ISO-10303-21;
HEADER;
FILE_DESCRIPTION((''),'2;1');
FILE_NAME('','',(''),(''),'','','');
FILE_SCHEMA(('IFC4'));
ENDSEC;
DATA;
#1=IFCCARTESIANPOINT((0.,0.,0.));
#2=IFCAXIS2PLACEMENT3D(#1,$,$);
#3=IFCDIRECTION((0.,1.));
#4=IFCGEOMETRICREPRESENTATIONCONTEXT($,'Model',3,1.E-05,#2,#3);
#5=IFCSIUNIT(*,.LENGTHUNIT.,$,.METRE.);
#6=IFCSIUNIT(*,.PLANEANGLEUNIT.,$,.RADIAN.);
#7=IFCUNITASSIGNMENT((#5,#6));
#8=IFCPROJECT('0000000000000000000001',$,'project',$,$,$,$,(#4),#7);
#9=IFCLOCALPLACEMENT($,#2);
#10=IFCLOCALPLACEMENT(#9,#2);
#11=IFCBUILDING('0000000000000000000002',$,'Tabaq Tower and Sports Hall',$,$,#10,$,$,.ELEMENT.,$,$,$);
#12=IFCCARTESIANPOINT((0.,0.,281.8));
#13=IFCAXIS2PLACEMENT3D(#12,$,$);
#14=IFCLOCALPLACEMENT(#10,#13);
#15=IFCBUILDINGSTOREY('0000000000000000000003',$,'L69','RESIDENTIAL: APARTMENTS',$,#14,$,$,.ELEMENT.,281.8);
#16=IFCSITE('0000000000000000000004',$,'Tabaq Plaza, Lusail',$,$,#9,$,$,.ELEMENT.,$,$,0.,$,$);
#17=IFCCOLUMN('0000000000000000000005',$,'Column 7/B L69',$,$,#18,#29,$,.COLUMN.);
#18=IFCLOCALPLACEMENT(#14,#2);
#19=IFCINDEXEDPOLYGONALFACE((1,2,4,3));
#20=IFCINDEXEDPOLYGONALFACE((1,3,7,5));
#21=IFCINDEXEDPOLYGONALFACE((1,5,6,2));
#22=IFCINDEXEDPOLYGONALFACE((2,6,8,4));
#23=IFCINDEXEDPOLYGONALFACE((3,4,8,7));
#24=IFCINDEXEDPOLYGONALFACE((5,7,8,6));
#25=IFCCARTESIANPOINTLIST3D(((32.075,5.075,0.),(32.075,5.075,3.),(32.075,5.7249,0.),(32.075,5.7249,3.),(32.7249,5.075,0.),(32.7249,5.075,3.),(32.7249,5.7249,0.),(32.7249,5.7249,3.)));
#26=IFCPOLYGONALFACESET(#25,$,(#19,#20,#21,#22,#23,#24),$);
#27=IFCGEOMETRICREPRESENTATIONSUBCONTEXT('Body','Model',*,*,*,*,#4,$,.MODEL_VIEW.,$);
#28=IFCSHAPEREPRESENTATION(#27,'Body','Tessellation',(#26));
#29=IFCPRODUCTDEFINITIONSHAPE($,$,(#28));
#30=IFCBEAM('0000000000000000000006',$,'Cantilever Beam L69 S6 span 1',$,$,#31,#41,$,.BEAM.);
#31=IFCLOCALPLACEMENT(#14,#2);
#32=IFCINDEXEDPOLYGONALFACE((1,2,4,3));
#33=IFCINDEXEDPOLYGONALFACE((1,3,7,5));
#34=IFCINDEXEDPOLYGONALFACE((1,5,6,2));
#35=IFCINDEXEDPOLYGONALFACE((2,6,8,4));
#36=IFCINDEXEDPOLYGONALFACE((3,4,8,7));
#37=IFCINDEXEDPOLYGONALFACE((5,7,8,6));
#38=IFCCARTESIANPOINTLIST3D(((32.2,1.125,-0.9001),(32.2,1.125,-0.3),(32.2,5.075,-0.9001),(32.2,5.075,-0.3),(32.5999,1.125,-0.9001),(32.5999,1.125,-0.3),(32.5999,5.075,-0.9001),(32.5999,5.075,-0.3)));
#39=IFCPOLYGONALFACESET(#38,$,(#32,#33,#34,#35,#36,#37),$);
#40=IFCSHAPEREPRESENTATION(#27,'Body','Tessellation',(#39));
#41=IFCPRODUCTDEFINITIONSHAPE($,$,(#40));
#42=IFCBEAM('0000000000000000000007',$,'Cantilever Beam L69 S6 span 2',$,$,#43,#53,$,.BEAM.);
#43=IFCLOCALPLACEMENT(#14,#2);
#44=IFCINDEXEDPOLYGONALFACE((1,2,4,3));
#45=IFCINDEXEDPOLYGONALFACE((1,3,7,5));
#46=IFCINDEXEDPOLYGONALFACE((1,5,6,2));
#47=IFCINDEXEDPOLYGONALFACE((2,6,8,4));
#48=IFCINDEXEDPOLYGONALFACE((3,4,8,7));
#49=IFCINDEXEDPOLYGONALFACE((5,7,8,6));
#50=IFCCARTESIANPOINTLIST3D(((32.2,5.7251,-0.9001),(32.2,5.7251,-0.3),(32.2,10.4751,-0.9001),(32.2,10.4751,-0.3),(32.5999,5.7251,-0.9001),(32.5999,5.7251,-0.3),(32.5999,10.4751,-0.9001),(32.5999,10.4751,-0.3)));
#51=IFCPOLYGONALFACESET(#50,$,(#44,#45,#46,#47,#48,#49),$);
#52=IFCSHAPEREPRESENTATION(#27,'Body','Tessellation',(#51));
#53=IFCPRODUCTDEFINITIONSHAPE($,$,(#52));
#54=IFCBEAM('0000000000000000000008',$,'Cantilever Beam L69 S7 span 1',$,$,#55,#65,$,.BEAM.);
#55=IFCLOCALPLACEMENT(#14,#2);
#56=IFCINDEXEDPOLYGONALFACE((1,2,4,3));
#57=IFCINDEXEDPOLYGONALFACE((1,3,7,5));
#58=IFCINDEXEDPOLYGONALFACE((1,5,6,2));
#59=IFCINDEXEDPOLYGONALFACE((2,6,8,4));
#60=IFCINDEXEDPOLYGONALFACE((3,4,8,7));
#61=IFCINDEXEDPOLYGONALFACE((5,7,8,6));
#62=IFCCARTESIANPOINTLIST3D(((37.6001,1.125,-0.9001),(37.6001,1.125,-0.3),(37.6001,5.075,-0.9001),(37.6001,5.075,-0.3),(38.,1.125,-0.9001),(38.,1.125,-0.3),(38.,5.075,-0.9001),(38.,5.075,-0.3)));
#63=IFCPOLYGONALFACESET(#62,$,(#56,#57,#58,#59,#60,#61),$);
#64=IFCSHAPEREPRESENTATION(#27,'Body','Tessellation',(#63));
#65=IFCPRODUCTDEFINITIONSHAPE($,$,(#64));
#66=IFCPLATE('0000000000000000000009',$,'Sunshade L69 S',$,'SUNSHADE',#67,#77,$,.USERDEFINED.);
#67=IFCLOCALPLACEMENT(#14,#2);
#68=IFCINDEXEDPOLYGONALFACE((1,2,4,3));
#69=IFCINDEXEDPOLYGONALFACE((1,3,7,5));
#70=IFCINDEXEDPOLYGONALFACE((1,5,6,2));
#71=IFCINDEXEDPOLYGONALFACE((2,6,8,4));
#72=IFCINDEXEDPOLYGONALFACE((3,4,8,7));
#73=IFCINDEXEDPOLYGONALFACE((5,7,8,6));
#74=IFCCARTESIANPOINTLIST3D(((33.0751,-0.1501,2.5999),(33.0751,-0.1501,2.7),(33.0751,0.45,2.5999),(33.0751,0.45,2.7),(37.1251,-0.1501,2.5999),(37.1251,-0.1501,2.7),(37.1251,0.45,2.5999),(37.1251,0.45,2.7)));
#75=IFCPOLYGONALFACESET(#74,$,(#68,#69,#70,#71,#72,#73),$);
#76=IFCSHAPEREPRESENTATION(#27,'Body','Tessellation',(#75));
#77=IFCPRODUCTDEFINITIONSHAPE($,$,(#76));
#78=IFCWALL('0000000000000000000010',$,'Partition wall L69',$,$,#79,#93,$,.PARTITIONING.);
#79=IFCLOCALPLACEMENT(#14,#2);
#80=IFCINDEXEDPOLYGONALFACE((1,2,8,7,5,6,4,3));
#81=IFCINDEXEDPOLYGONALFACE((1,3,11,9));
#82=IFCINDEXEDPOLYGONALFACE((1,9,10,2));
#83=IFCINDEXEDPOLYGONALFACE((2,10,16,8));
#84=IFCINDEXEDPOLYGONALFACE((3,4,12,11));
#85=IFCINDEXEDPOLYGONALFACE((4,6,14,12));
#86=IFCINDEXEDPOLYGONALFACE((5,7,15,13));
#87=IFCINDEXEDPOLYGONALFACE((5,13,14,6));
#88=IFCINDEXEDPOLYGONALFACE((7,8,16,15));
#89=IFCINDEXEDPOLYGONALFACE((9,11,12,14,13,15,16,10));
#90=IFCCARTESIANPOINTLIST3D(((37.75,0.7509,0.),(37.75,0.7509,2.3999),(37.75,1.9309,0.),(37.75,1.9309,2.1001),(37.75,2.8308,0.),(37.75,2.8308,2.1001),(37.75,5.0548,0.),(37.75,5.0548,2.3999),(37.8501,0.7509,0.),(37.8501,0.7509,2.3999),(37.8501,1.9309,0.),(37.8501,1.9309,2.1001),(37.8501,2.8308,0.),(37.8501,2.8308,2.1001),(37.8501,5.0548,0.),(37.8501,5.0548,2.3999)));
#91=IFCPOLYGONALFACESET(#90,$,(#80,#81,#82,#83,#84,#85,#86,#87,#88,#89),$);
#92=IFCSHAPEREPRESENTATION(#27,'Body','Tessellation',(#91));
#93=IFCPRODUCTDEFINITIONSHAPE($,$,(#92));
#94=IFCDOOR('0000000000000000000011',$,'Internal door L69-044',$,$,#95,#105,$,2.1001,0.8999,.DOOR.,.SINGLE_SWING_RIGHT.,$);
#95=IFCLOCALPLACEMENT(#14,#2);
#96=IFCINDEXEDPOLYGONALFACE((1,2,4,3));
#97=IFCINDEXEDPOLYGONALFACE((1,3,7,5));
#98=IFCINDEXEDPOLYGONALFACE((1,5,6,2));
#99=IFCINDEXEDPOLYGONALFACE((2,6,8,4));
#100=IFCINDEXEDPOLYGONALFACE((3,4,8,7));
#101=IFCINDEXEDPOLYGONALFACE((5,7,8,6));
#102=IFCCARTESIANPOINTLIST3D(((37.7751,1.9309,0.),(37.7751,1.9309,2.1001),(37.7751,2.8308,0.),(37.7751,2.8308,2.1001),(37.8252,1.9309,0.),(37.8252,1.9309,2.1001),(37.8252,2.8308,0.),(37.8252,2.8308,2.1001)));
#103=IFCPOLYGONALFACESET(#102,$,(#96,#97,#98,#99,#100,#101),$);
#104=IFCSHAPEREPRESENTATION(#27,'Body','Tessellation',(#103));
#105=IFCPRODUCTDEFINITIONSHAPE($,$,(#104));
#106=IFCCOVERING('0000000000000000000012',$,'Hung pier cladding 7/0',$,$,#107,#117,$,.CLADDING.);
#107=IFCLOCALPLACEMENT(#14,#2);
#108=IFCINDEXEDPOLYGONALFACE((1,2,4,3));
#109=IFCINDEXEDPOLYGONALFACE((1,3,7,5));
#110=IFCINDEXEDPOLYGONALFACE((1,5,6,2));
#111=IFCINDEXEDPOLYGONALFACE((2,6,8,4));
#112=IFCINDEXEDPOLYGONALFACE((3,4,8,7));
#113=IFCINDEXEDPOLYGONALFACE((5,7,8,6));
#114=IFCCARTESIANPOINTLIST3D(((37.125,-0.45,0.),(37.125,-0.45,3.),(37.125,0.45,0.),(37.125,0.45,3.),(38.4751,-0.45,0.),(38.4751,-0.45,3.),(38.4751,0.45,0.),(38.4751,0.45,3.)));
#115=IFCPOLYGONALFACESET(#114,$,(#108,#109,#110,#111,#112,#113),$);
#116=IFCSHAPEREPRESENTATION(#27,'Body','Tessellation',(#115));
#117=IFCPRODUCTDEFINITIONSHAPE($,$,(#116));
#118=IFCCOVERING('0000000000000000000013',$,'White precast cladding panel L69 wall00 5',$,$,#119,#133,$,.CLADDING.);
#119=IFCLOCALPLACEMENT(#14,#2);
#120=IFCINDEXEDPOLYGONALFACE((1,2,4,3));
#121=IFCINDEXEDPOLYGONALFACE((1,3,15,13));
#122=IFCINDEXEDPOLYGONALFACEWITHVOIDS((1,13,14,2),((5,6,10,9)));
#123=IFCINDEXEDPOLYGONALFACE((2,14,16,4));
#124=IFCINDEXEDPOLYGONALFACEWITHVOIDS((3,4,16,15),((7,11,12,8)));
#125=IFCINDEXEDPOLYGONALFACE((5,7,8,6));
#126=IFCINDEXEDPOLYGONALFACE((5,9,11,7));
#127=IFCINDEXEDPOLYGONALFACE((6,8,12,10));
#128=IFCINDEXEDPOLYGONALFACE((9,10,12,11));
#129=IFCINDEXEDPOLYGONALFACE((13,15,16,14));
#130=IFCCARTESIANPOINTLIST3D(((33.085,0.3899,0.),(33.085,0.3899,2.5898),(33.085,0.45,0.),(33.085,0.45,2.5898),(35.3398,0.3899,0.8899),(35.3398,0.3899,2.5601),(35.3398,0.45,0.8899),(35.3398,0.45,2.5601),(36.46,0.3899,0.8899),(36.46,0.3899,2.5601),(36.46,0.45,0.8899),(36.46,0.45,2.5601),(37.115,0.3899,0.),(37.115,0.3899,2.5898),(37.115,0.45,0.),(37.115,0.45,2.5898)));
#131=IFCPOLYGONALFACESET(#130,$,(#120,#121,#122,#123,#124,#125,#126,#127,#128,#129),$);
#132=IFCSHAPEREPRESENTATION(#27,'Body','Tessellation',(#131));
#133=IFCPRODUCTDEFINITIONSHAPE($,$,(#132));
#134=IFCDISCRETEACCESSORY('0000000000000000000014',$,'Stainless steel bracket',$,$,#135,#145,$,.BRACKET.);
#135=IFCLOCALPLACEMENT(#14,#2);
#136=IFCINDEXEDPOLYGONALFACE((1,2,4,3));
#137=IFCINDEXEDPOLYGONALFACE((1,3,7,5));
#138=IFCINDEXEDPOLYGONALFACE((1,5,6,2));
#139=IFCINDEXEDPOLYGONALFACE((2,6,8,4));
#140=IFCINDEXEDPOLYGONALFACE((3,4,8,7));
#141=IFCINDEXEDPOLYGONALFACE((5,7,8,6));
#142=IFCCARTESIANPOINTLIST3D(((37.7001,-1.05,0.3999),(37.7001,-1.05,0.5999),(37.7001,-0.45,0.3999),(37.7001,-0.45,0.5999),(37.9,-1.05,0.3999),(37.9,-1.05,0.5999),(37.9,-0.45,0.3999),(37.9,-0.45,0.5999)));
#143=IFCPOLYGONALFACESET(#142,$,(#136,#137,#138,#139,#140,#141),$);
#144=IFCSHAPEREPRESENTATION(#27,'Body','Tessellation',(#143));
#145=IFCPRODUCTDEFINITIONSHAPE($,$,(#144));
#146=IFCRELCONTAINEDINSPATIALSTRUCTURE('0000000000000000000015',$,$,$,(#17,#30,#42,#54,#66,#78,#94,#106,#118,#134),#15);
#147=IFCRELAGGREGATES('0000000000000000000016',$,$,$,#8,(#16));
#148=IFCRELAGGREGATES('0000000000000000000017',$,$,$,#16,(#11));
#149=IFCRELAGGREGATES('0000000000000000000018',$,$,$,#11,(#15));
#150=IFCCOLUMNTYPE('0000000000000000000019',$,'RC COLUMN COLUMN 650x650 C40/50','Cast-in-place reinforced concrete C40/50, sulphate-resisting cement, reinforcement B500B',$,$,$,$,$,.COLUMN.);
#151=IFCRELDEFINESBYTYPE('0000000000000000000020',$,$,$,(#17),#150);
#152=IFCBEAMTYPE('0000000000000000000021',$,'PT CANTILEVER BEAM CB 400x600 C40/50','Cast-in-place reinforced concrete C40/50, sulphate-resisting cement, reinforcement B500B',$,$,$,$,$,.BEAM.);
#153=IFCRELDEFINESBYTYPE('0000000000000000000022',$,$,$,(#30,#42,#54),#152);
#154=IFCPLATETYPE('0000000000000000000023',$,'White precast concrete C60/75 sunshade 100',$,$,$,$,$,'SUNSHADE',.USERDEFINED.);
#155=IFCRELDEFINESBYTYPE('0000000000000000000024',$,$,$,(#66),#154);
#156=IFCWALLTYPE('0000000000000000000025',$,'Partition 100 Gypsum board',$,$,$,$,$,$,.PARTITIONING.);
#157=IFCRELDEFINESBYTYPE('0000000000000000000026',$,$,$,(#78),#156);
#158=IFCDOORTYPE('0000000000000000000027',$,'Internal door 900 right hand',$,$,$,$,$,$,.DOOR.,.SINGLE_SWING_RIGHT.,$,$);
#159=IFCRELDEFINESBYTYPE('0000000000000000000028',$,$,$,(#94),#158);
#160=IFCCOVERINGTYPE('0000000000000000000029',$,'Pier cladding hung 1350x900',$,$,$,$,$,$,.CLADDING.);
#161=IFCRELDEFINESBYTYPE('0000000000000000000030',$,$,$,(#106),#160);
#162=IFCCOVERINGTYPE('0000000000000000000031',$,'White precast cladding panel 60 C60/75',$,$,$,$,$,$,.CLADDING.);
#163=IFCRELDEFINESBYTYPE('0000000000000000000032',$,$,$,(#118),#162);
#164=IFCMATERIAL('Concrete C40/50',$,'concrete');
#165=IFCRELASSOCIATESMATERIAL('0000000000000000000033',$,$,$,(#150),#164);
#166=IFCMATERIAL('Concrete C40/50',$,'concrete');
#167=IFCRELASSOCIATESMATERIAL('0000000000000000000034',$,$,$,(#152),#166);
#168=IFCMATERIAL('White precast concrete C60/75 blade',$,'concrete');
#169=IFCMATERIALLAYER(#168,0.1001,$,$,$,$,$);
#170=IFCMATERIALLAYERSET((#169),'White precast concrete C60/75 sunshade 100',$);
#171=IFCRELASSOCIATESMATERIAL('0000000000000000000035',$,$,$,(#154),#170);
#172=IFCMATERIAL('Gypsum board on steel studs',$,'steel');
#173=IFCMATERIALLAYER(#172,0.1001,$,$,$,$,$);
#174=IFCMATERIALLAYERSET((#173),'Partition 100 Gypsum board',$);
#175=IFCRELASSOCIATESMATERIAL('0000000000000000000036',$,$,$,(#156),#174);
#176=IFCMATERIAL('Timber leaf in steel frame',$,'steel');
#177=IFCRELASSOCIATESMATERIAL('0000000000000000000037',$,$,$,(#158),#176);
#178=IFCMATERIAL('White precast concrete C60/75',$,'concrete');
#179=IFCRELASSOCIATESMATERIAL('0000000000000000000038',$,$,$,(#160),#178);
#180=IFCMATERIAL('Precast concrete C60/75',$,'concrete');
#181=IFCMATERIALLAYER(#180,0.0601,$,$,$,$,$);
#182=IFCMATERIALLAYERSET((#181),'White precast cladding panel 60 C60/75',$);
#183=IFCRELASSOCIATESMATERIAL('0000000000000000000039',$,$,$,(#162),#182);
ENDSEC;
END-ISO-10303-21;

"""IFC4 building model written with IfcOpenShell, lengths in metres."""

from ifc_helpers import new_model, si_unit, direction, frame, frame_2d, origin, origin_2d, place, context, subcontext, project, spatial, polyline, rectangle, outline, extrude, material, layer, layer_set, material_profile, profile_set, type_object, element, fill, save


model = new_model("IFC4")

# Units and contexts
model_context = context("Model", 3, precision=1e-05, world=origin(), true_north=direction((0.0, 1.0)))
body_context = subcontext(model_context, "Body", "Model", "MODEL_VIEW")
ifc_project = project(units=[si_unit("LENGTHUNIT", "METRE"), si_unit("PLANEANGLEUNIT", "RADIAN")], contexts=[model_context])

# Site, building, storey
site_placement = place(None, origin())
site = spatial("IfcSite", under=ifc_project, at=site_placement, Name="Tabaq Plaza, Lusail", CompositionType="ELEMENT", RefElevation=0.0)
building_placement = place(site_placement, origin())
building = spatial("IfcBuilding", under=site, at=building_placement, Name="Tabaq Tower and Sports Hall", CompositionType="ELEMENT")
storey_placement = place(building_placement, frame((0.0, 0.0, 281.8)))
storey = spatial("IfcBuildingStorey", under=building, at=storey_placement, Name="L69", Description="RESIDENTIAL: APARTMENTS", CompositionType="ELEMENT", Elevation=281.8)

# Column
ifc_material_1 = material(Name="Concrete C40/50", Category="concrete")
ifc_material_profile_1 = material_profile(ifc_material_1, rectangle(XDim=0.6499, YDim=0.6499, at=origin_2d()), Name="COLUMN 650x650")
ifc_profile_set_1 = profile_set([ifc_material_profile_1], Name="Concrete C40/50")
column_type = type_object("IfcColumnType", Name="RC COLUMN COLUMN 650x650 C40/50", Description="Cast-in-place reinforced concrete C40/50, sulphate-resisting cement, reinforcement B500B", PredefinedType="COLUMN", material=ifc_profile_set_1)
column_placement = place(storey_placement, frame((32.3999, 5.3999, 0.0), z_axis=(0.0, 0.0, 1.0), x_axis=(1.0, 0.0, 0.0)))
element("IfcColumn", 1, at=column_placement, inside=storey, type_object=column_type, Name="Column 7/B L69", PredefinedType="COLUMN", context=body_context, shape_type="SweptSolid", body=[
    extrude(rectangle(XDim=0.6499, YDim=0.6499, at=origin_2d()), origin(), (0.0, 0.0, 1.0), 3.0),
])

# Beams
ifc_material_2 = material(Name="Concrete C40/50", Category="concrete")
ifc_material_profile_2 = material_profile(ifc_material_2, rectangle(XDim=0.3999, YDim=0.6001, at=origin_2d()), Name="CB 400x600")
ifc_profile_set_2 = profile_set([ifc_material_profile_2], Name="Concrete C40/50")
beam_type = type_object("IfcBeamType", Name="PT CANTILEVER BEAM CB 400x600 C40/50", Description="Cast-in-place reinforced concrete C40/50, sulphate-resisting cement, reinforcement B500B", PredefinedType="BEAM", material=ifc_profile_set_2)
beam_1_placement = place(storey_placement, frame((32.3999, 1.125, -0.6001), z_axis=(0.0, 1.0, 0.0), x_axis=(-1.0, 0.0, 0.0)))
element("IfcBeam", 2, at=beam_1_placement, inside=storey, type_object=beam_type, Name="Cantilever Beam L69 S6 span 1", PredefinedType="BEAM", context=body_context, shape_type="SweptSolid", body=[
    extrude(rectangle(XDim=0.3999, YDim=0.6001, at=origin_2d()), origin(), (0.0, 0.0, 1.0), 3.95),
])
beam_2_placement = place(storey_placement, frame((32.3999, 5.7251, -0.6001), z_axis=(0.0, 1.0, 0.0), x_axis=(-1.0, 0.0, 0.0)))
element("IfcBeam", 3, at=beam_2_placement, inside=storey, type_object=beam_type, Name="Cantilever Beam L69 S6 span 2", PredefinedType="BEAM", context=body_context, shape_type="SweptSolid", body=[
    extrude(rectangle(XDim=0.3999, YDim=0.6001, at=origin_2d()), origin(), (0.0, 0.0, 1.0), 4.75),
])
beam_3_placement = place(storey_placement, frame((37.8, 1.125, -0.6001), z_axis=(0.0, 1.0, 0.0), x_axis=(-1.0, 0.0, 0.0)))
element("IfcBeam", 4, at=beam_3_placement, inside=storey, type_object=beam_type, Name="Cantilever Beam L69 S7 span 1", PredefinedType="BEAM", context=body_context, shape_type="SweptSolid", body=[
    extrude(rectangle(XDim=0.3999, YDim=0.6001, at=origin_2d()), origin(), (0.0, 0.0, 1.0), 3.95),
])

# Plate
ifc_material_3 = material(Name="White precast concrete C60/75 blade", Category="concrete")
ifc_layer_1 = layer(ifc_material_3, 0.1001)
ifc_layer_set_1 = layer_set([ifc_layer_1], Name="White precast concrete C60/75 sunshade 100")
plate_type = type_object("IfcPlateType", Name="White precast concrete C60/75 sunshade 100", ElementType="SUNSHADE", PredefinedType="USERDEFINED", material=ifc_layer_set_1)
plate_placement = place(storey_placement, frame((35.1001, 0.1499, 2.5999), z_axis=(0.0, 0.0, 1.0), x_axis=(1.0, 0.0, 0.0)))
element("IfcPlate", 5, at=plate_placement, inside=storey, type_object=plate_type, Name="Sunshade L69 S", ObjectType="SUNSHADE", PredefinedType="USERDEFINED", context=body_context, shape_type="SweptSolid", body=[
    extrude(rectangle(XDim=4.05, YDim=0.6001, at=origin_2d()), origin(), (0.0, 0.0, 1.0), 0.1001),
])

# Shared definitions
ifc_material_4 = material(Name="Gypsum board on steel studs", Category="steel")
ifc_layer_2 = layer(ifc_material_4, 0.1001)
ifc_layer_set_2 = layer_set([ifc_layer_2], Name="Partition 100 Gypsum board")
wall_type = type_object("IfcWallType", Name="Partition 100 Gypsum board", PredefinedType="PARTITIONING", material=ifc_layer_set_2)
ifc_material_5 = material(Name="Timber leaf in steel frame", Category="steel")
door_type_1 = type_object("IfcDoorType", Name="Internal door 900 right hand", OperationType="SINGLE_SWING_RIGHT", PredefinedType="DOOR", material=ifc_material_5)

# Wall, opening, door
wall_1_placement = place(storey_placement, frame((37.8, 0.751, 0.0), z_axis=(0.0, 0.0, 1.0), x_axis=(0.0, 1.0, 0.0)))
wall_1 = element("IfcWall", 6, at=wall_1_placement, inside=storey, type_object=wall_type, Name="Partition wall L69", PredefinedType="PARTITIONING", context=body_context, shape_type="SweptSolid", body=[
    extrude(rectangle(XDim=4.304, YDim=0.1001, at=frame_2d((2.1519, 0.0))), origin(), (0.0, 0.0, 1.0), 2.3999),
])
opening_1_placement = place(wall_1_placement, frame((1.1799, 0.0, 0.0)))
opening_1 = element("IfcOpeningElement", 7, at=opening_1_placement, cuts=wall_1, PredefinedType="OPENING", context=body_context, shape_type="SweptSolid", body=[
    extrude(rectangle(XDim=0.8999, YDim=2.1001, at=frame_2d((0.45, 1.05))), frame((0.0, 0.05, 0.0), z_axis=(0.0, -1.0, 0.0), x_axis=(1.0, 0.0, 0.0)), (0.0, 0.0, 1.0), 0.1001),
])
door_1_placement = place(opening_1_placement, origin())
door_1 = element("IfcDoor", 8, at=door_1_placement, inside=storey, type_object=door_type_1, Name="Internal door L69-044", OperationType="SINGLE_SWING_RIGHT", OverallHeight=2.1001, OverallWidth=0.8999, PredefinedType="DOOR", context=body_context, shape_type="SweptSolid", body=[
    extrude(rectangle(XDim=0.8999, YDim=2.1001, at=frame_2d((0.45, 1.05))), frame((0.0, 0.0249, 0.0), z_axis=(0.0, -1.0, 0.0), x_axis=(1.0, 0.0, 0.0)), (0.0, 0.0, 1.0), 0.05),
])
fill(opening_1, door_1)

# Coverings
ifc_material_6 = material(Name="White precast concrete C60/75", Category="concrete")
covering_type_1 = type_object("IfcCoveringType", Name="Pier cladding hung 1350x900", PredefinedType="CLADDING", material=ifc_material_6)
covering_1_placement = place(storey_placement, frame((37.125, 0.0, 0.0), z_axis=(0.0, 0.0, 1.0), x_axis=(1.0, 0.0, 0.0)))
element("IfcCovering", 9, at=covering_1_placement, inside=storey, type_object=covering_type_1, Name="Hung pier cladding 7/0", PredefinedType="CLADDING", context=body_context, shape_type="SweptSolid", body=[
    extrude(rectangle(XDim=1.3501, YDim=0.8999, at=frame_2d((0.675, 0.0))), origin(), (0.0, 0.0, 1.0), 3.0),
])
ifc_material_7 = material(Name="Precast concrete C60/75", Category="concrete")
ifc_layer_3 = layer(ifc_material_7, 0.0601)
ifc_layer_set_3 = layer_set([ifc_layer_3], Name="White precast cladding panel 60 C60/75")
covering_type_2 = type_object("IfcCoveringType", Name="White precast cladding panel 60 C60/75", PredefinedType="CLADDING", material=ifc_layer_set_3)
covering_2_placement = place(storey_placement, frame((33.085, 0.4199, 0.0), z_axis=(0.0, 0.0, 1.0), x_axis=(1.0, 0.0, 0.0)))
element("IfcCovering", 10, at=covering_2_placement, inside=storey, type_object=covering_type_2, Name="White precast cladding panel L69 wall00 5", PredefinedType="CLADDING", context=body_context, shape_type="SweptSolid", body=[
    extrude(outline(polyline([(0.0, 0.0), (4.03, 0.0), (4.03, 2.5898), (0.0, 2.5898), (0.0, 0.0)]), holes=[polyline([(3.375, 0.8899), (2.2549, 0.8899), (2.2549, 2.5601), (3.375, 2.5601), (3.375, 0.8899)])]), frame((0.0, 0.03, 0.0), z_axis=(0.0, -1.0, 0.0), x_axis=(1.0, 0.0, 0.0)), (0.0, 0.0, 1.0), 0.0601),
])

# Discrete accessory
discrete_accessory_placement = place(storey_placement, frame((37.8, -0.75, 0.3999), z_axis=(0.0, 0.0, 1.0), x_axis=(0.0, -1.0, 0.0)))
element("IfcDiscreteAccessory", 11, at=discrete_accessory_placement, inside=storey, Name="Stainless steel bracket", PredefinedType="BRACKET", context=body_context, shape_type="SweptSolid", body=[
    extrude(rectangle(XDim=0.6001, YDim=0.2, at=origin_2d()), origin(), (0.0, 0.0, 1.0), 0.2),
])

save(model, "model.ifc")
